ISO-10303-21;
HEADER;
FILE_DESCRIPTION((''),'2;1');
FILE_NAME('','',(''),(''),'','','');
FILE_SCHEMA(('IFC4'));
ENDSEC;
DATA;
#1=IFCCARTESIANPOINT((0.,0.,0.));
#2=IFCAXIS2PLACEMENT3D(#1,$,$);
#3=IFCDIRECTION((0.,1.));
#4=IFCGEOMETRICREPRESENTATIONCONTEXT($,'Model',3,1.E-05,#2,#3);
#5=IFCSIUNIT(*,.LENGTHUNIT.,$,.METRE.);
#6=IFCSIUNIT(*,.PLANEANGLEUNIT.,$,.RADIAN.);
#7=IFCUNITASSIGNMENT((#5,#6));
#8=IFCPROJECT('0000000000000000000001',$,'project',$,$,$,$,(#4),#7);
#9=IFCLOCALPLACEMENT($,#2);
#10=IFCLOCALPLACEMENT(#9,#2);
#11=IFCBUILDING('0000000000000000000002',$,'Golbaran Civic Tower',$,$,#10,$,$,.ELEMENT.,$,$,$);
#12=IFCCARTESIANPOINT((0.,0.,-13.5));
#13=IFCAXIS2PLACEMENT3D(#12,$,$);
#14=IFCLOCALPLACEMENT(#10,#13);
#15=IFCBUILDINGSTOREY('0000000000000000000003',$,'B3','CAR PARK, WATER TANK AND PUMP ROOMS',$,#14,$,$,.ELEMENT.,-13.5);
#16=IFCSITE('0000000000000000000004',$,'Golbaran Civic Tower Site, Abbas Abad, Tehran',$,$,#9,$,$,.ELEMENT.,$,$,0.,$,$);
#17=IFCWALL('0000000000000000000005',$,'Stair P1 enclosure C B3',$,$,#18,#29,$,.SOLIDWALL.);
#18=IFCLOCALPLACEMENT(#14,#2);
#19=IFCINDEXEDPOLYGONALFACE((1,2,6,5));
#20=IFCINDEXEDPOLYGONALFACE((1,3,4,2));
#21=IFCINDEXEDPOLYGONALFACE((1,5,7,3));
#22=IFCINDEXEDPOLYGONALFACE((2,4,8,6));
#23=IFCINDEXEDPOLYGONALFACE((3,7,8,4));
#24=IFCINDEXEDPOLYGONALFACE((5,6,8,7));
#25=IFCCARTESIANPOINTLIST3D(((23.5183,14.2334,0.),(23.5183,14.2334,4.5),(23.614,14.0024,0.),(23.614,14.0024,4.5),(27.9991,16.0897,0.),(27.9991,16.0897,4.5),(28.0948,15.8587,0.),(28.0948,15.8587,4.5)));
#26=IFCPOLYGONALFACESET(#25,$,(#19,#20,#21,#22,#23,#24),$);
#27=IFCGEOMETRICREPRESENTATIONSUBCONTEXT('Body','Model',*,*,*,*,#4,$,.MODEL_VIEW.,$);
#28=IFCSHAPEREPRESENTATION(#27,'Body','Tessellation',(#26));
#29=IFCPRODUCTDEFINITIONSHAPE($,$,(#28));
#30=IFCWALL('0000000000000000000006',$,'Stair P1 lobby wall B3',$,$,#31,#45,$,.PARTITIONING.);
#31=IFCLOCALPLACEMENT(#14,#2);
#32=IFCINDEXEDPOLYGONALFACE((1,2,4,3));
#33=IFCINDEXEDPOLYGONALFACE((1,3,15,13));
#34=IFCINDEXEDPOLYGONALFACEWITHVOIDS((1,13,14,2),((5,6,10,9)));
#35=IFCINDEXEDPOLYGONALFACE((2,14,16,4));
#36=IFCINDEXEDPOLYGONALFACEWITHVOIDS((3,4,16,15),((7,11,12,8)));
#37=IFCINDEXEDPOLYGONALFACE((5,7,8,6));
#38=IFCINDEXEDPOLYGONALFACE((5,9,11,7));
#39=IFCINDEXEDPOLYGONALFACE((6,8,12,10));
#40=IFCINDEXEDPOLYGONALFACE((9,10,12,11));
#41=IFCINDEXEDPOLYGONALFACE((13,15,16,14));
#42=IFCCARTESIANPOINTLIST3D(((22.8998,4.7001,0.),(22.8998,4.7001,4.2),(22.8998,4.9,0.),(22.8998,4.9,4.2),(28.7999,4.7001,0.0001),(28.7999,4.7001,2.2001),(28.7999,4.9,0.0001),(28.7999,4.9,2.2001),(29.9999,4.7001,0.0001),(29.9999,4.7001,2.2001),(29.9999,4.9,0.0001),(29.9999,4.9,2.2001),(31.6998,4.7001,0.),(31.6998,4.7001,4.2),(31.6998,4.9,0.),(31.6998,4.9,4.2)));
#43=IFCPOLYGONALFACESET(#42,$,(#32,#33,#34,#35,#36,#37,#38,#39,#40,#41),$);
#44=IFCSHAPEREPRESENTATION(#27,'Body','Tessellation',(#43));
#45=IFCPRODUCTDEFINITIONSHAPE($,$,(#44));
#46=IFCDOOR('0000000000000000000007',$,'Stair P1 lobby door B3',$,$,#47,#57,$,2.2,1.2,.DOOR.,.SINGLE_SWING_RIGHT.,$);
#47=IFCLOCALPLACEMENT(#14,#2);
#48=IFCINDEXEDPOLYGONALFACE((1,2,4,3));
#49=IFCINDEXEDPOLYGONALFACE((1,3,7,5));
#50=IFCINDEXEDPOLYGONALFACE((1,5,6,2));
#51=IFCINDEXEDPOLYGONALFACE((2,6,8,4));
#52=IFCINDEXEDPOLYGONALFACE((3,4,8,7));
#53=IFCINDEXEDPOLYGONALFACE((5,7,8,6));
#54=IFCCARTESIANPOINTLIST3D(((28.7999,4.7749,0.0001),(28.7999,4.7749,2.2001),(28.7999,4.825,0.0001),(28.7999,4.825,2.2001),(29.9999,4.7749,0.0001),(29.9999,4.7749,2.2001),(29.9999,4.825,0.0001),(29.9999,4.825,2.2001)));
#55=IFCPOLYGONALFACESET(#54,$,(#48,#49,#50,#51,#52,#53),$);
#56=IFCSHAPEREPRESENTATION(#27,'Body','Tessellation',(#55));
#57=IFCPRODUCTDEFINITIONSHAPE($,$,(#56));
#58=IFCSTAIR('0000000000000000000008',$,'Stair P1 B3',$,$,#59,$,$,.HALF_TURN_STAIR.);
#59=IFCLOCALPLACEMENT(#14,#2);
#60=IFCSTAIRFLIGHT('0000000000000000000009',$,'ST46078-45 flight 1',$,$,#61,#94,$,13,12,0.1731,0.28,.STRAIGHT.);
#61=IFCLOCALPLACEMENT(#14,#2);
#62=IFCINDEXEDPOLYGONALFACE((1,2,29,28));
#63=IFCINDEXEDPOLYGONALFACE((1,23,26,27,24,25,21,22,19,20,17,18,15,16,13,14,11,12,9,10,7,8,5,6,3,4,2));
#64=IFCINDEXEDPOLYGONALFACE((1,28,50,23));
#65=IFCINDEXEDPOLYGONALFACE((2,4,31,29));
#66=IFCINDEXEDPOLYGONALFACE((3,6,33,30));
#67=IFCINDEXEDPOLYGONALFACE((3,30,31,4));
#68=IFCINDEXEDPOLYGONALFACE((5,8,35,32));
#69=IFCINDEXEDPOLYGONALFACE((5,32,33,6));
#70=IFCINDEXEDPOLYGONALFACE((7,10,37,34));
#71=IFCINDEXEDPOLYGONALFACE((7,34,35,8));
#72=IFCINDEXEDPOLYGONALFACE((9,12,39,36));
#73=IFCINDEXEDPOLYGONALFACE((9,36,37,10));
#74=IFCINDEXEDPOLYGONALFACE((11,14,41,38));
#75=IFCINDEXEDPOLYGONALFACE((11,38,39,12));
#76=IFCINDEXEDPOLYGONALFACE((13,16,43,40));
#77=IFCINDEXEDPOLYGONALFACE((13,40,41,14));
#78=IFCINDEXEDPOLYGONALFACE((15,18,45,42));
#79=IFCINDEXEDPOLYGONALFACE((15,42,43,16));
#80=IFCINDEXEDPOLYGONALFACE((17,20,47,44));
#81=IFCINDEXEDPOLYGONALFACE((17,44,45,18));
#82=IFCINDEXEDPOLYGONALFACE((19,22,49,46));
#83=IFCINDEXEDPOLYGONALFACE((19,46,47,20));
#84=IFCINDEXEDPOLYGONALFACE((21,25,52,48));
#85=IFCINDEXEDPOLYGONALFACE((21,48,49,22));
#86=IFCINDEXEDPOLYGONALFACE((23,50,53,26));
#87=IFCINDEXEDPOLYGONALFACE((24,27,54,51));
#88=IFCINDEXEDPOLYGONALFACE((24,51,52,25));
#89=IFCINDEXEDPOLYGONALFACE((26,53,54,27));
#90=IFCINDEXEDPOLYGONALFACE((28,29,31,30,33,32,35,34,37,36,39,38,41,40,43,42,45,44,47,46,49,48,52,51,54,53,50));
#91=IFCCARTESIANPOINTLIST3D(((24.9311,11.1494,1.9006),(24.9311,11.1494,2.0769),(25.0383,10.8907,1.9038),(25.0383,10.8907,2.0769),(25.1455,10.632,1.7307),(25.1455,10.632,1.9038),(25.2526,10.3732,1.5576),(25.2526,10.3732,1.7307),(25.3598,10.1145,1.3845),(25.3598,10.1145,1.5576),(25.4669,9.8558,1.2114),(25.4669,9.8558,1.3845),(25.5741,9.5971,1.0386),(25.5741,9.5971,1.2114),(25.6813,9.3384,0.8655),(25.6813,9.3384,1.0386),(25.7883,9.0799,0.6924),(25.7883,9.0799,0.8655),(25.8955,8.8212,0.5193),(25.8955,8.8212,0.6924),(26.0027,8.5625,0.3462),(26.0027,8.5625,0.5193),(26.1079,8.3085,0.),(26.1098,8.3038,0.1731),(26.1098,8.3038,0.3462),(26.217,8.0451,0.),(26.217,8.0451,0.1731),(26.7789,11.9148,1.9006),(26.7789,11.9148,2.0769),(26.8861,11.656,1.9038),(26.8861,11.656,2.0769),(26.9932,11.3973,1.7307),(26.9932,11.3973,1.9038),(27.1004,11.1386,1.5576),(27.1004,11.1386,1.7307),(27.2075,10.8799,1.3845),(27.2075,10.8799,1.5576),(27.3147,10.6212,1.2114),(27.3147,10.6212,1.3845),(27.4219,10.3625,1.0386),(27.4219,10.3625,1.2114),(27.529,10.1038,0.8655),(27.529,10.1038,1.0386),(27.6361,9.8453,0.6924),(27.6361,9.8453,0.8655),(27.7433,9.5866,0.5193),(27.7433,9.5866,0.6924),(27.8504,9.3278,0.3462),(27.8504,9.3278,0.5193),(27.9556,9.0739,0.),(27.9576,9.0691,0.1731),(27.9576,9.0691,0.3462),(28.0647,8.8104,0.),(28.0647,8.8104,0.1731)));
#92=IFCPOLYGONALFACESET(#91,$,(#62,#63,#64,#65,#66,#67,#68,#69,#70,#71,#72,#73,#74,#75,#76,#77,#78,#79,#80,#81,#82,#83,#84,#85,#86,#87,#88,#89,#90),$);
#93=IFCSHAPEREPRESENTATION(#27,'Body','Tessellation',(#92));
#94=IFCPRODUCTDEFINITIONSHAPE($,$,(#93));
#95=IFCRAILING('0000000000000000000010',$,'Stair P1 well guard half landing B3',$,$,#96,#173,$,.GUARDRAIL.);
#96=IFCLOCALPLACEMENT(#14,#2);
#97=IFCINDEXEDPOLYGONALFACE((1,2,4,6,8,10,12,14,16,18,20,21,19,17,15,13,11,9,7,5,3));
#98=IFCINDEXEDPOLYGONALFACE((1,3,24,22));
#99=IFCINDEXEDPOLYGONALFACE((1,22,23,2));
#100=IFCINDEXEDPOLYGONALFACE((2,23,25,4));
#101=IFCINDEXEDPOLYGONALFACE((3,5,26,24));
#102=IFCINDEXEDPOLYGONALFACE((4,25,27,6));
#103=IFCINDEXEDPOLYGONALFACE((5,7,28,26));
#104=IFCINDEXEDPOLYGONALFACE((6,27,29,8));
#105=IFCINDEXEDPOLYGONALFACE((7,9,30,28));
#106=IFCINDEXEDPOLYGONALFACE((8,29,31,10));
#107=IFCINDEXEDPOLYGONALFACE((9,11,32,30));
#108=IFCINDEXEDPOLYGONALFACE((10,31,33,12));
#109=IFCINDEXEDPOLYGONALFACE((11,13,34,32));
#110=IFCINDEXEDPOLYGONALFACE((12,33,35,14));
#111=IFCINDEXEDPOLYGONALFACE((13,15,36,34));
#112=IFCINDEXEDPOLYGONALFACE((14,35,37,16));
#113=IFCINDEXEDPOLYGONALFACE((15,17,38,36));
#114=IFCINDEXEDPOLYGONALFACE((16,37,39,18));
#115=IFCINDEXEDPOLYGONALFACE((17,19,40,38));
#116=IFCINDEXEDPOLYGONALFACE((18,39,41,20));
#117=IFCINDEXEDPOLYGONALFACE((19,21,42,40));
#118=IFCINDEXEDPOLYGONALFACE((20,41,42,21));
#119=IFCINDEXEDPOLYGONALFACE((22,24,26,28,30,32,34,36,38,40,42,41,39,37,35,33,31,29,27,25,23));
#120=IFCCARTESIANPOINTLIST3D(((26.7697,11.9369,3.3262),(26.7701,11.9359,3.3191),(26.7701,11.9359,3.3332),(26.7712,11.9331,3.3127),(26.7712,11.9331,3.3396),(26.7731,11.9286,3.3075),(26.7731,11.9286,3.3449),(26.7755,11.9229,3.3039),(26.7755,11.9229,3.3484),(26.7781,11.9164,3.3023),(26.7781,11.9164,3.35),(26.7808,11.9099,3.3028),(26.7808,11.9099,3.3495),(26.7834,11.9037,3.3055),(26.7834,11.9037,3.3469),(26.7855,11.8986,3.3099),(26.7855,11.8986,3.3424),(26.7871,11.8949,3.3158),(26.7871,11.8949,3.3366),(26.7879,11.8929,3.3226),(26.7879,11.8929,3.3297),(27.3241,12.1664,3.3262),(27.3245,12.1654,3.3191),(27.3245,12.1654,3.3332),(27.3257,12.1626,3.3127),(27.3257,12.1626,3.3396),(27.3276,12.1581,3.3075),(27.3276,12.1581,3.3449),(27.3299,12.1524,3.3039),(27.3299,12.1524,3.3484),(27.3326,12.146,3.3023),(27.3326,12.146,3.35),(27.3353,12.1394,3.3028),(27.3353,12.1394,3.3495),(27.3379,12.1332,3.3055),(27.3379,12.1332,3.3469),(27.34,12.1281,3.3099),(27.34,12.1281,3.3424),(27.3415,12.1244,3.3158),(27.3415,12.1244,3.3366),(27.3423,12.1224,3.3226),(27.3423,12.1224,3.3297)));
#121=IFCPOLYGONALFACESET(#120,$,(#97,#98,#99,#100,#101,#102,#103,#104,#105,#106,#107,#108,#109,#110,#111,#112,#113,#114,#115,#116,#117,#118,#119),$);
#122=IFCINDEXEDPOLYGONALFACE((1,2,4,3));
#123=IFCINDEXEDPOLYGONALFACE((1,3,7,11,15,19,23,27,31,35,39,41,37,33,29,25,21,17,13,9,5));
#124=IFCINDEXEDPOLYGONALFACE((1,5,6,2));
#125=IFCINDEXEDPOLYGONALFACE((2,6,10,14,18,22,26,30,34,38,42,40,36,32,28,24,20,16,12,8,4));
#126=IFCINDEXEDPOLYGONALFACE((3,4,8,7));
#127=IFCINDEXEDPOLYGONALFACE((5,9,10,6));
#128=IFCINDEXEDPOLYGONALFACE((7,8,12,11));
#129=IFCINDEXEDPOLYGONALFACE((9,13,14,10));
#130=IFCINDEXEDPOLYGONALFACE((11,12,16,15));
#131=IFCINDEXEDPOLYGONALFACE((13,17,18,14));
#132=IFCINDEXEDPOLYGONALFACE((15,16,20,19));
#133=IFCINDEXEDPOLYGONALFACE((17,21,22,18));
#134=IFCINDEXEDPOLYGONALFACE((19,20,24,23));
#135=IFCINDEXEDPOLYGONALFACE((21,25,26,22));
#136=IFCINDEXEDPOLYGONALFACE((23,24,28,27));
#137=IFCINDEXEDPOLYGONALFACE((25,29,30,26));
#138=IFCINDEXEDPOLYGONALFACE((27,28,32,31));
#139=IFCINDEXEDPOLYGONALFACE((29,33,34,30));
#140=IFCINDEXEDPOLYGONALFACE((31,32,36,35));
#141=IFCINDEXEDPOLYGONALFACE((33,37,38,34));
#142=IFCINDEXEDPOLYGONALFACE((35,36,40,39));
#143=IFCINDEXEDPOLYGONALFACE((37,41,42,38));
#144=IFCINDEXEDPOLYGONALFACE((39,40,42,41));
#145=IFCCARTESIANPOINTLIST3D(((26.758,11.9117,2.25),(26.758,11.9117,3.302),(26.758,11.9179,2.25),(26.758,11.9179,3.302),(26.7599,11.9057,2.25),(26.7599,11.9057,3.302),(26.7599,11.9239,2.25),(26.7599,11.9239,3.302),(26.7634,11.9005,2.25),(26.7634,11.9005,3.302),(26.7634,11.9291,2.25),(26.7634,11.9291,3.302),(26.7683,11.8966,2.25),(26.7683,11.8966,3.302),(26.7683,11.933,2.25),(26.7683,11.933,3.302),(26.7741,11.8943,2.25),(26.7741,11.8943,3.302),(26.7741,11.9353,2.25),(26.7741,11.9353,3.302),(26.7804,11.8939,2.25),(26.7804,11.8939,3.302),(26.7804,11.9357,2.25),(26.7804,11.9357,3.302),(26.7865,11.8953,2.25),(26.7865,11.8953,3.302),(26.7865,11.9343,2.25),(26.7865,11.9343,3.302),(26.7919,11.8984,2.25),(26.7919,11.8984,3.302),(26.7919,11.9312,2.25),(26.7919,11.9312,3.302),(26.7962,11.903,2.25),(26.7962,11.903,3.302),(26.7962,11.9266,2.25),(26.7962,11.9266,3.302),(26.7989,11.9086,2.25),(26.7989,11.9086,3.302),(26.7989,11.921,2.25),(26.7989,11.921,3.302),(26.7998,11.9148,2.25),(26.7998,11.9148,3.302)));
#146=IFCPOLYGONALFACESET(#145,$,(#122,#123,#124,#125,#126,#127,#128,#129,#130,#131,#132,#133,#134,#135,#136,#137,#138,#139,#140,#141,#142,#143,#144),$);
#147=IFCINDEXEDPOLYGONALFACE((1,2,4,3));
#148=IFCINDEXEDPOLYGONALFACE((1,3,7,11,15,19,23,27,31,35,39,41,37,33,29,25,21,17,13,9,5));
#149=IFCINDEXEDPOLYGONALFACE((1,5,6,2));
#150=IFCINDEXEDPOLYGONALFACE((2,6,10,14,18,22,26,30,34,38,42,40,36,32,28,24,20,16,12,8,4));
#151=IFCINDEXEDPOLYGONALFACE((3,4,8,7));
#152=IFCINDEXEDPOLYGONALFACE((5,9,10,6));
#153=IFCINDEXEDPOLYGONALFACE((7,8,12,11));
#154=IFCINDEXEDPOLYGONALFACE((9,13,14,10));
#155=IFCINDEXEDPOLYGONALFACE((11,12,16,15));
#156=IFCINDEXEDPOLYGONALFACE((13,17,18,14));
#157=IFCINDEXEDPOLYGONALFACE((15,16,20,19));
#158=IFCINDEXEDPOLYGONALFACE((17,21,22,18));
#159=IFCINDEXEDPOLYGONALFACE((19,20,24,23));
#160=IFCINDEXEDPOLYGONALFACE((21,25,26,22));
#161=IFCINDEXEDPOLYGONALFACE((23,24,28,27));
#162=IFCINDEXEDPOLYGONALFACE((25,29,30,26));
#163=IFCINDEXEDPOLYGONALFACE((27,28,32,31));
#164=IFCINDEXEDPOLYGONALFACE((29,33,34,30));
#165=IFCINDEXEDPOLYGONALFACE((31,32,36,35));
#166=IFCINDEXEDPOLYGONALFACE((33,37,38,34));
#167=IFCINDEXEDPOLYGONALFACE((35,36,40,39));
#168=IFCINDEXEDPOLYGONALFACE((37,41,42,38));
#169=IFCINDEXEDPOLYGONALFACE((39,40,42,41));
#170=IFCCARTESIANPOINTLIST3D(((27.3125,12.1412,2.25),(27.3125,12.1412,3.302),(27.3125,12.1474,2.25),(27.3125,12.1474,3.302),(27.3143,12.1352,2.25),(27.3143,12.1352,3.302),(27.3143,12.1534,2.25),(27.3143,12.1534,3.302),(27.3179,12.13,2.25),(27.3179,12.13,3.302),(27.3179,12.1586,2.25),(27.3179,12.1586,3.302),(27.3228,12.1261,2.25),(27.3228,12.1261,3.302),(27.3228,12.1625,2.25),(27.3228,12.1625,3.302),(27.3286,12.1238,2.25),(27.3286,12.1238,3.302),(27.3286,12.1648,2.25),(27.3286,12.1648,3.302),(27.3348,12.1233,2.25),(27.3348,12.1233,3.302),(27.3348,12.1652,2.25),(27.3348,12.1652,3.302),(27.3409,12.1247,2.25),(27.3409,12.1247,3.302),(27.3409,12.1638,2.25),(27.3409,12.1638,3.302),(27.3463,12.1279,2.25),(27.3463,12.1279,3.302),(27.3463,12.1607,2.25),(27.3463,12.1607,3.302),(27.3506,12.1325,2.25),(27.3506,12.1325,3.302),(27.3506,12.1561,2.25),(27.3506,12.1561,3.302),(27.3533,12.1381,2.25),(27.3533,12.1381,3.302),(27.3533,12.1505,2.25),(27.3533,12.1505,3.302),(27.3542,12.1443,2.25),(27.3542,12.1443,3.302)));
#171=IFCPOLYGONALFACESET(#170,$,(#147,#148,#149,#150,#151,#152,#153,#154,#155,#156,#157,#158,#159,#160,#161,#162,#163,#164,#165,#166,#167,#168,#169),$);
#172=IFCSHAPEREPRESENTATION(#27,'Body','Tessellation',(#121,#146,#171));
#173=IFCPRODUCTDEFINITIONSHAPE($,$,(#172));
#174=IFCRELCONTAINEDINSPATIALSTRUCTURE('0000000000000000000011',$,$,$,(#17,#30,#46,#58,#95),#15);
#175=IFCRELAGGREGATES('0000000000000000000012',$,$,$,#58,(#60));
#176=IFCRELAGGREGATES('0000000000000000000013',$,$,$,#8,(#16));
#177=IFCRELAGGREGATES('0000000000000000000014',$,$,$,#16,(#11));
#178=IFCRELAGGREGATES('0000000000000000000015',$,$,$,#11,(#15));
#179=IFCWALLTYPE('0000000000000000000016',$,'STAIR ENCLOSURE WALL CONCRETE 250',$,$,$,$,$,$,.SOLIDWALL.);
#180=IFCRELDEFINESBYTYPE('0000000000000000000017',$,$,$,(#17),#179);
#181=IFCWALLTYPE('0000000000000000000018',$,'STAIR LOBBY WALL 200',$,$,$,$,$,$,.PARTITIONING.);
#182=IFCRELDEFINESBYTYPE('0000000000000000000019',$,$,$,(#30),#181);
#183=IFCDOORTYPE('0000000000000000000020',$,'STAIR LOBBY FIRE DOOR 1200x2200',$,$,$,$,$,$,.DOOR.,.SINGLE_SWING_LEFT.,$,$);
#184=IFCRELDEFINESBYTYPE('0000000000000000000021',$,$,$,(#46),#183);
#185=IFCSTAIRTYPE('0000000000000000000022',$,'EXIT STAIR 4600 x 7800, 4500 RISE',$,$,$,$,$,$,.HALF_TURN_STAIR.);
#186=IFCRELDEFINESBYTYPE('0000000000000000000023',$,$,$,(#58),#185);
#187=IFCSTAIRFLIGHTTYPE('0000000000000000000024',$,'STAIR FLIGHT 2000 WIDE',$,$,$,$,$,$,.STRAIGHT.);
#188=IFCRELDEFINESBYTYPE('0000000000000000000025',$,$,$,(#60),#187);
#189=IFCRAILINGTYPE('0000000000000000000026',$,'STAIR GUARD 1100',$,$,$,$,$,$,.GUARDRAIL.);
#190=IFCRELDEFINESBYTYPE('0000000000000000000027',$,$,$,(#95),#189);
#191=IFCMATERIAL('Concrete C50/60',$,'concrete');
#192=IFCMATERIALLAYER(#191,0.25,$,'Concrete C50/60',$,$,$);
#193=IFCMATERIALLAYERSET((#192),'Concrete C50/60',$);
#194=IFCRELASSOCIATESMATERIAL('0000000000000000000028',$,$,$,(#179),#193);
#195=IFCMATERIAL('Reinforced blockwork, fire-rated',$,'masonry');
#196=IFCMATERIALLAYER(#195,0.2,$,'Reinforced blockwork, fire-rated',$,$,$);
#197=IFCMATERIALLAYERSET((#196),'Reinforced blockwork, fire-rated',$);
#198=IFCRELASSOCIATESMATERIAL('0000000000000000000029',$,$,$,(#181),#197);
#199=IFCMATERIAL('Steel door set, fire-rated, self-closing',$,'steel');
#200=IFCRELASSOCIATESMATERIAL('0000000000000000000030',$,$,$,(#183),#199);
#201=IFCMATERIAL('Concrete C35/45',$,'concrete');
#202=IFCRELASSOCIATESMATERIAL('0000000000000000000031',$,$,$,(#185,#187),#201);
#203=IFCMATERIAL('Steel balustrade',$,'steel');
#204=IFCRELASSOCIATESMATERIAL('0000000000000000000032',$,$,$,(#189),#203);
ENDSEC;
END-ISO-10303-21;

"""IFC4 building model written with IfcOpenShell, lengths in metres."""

from ifc_helpers import new_model, si_unit, direction, frame, frame_2d, origin, origin_2d, place, context, subcontext, project, spatial, polyline, rectangle, circle, outline, extrude, material, layer, layer_set, type_object, element, fill, aggregate, save


model = new_model("IFC4")

# Units and contexts
model_context = context("Model", 3, precision=1e-05, world=origin(), true_north=direction((0.0, 1.0)))
body_context = subcontext(model_context, "Body", "Model", "MODEL_VIEW")
ifc_project = project(units=[si_unit("LENGTHUNIT", "METRE"), si_unit("PLANEANGLEUNIT", "RADIAN")], contexts=[model_context])

# Site, building, storey
site_placement = place(None, origin())
site = spatial("IfcSite", under=ifc_project, at=site_placement, Name="Golbaran Civic Tower Site, Abbas Abad, Tehran", CompositionType="ELEMENT", RefElevation=0.0)
building_placement = place(site_placement, origin())
building = spatial("IfcBuilding", under=site, at=building_placement, Name="Golbaran Civic Tower", CompositionType="ELEMENT")
storey_placement = place(building_placement, frame((0.0, 0.0, -13.5)))
storey = spatial("IfcBuildingStorey", under=building, at=storey_placement, Name="B3", Description="CAR PARK, WATER TANK AND PUMP ROOMS", CompositionType="ELEMENT", Elevation=-13.5)

# Shared definitions
ifc_material_1 = material(Name="Concrete C35/45", Category="concrete")

# Shared definitions
ifc_material_2 = material(Name="Concrete C50/60", Category="concrete")

# Wall
ifc_layer_1 = layer(ifc_material_2, 0.25, Name="Concrete C50/60")
ifc_layer_set_1 = layer_set([ifc_layer_1], Name="Concrete C50/60")
wall_type_1 = type_object("IfcWallType", Name="STAIR ENCLOSURE WALL CONCRETE 250", PredefinedType="SOLIDWALL", material=ifc_layer_set_1)
wall_1_placement = place(storey_placement, frame((23.5662, 14.1179, 0.0), z_axis=(0.0, 0.0, 1.0), x_axis=(0.923863, 0.382724, 0.0)))
element("IfcWall", 1, at=wall_1_placement, inside=storey, type_object=wall_type_1, Name="Stair P1 enclosure C B3", PredefinedType="SOLIDWALL", context=body_context, shape_type="SweptSolid", body=[
    extrude(rectangle(XDim=4.8501, YDim=0.25, at=frame_2d((2.425, 0.0))), origin(), (0.0, 0.0, 1.0), 4.5),
])

# Wall, opening, door
ifc_material_3 = material(Name="Reinforced blockwork, fire-rated", Category="masonry")
ifc_layer_2 = layer(ifc_material_3, 0.2, Name="Reinforced blockwork, fire-rated")
ifc_layer_set_2 = layer_set([ifc_layer_2], Name="Reinforced blockwork, fire-rated")
wall_type_2 = type_object("IfcWallType", Name="STAIR LOBBY WALL 200", PredefinedType="PARTITIONING", material=ifc_layer_set_2)
wall_2_placement = place(storey_placement, frame((22.8999, 4.8, 0.0), z_axis=(0.0, 0.0, 1.0), x_axis=(1.0, 0.0, 0.0)))
wall_2 = element("IfcWall", 2, at=wall_2_placement, inside=storey, type_object=wall_type_2, Name="Stair P1 lobby wall B3", PredefinedType="PARTITIONING", context=body_context, shape_type="SweptSolid", body=[
    extrude(rectangle(XDim=8.8, YDim=0.2, at=frame_2d((4.3999, 0.0))), origin(), (0.0, 0.0, 1.0), 4.2),
])
opening_placement = place(wall_2_placement, frame((5.8999, 0.0, 0.0)))
opening = element("IfcOpeningElement", 3, at=opening_placement, cuts=wall_2, PredefinedType="OPENING", context=body_context, shape_type="SweptSolid", body=[
    extrude(rectangle(XDim=1.2, YDim=2.2, at=frame_2d((0.6001, 1.1001))), frame((0.0, 0.1099, 0.0), z_axis=(0.0, -1.0, 0.0), x_axis=(1.0, 0.0, 0.0)), (0.0, 0.0, 1.0), 0.22),
])
ifc_material_4 = material(Name="Steel door set, fire-rated, self-closing", Category="steel")
door_type = type_object("IfcDoorType", Name="STAIR LOBBY FIRE DOOR 1200x2200", OperationType="SINGLE_SWING_LEFT", PredefinedType="DOOR", material=ifc_material_4)
door_placement = place(opening_placement, origin())
door = element("IfcDoor", 4, at=door_placement, inside=storey, type_object=door_type, Name="Stair P1 lobby door B3", OperationType="SINGLE_SWING_RIGHT", OverallHeight=2.2, OverallWidth=1.2, PredefinedType="DOOR", context=body_context, shape_type="SweptSolid", body=[
    extrude(rectangle(XDim=1.2, YDim=2.2, at=frame_2d((0.6001, 1.1001))), frame((0.0, 0.0249, 0.0), z_axis=(0.0, -1.0, 0.0), x_axis=(1.0, 0.0, 0.0)), (0.0, 0.0, 1.0), 0.05),
])
fill(opening, door)

# Stair, stair flight
stair_type = type_object("IfcStairType", Name="EXIT STAIR 4600 x 7800, 4500 RISE", PredefinedType="HALF_TURN_STAIR", material=ifc_material_1)
stair_placement = place(storey_placement, origin())
stair = element("IfcStair", 5, at=stair_placement, inside=storey, type_object=stair_type, Name="Stair P1 B3", PredefinedType="HALF_TURN_STAIR")
stair_flight_type = type_object("IfcStairFlightType", Name="STAIR FLIGHT 2000 WIDE", PredefinedType="STRAIGHT", material=ifc_material_1)
stair_flight_placement = place(storey_placement, frame((27.1409, 8.4277, 0.0), z_axis=(0.0, 0.0, 1.0), x_axis=(-0.382683, 0.92388, 0.0)))
stair_flight = element("IfcStairFlight", 6, at=stair_flight_placement, type_object=stair_flight_type, Name="ST46078-45 flight 1", NumberOfRisers=13, NumberOfTreads=12, PredefinedType="STRAIGHT", RiserHeight=0.1731, TreadLength=0.28, context=body_context, shape_type="SweptSolid", body=[
    extrude(outline(polyline([(0.0, 0.0), (0.0, 0.1731), (0.28, 0.1731), (0.28, 0.3462), (0.5601, 0.3462), (0.5601, 0.5193), (0.8401, 0.5193), (0.8401, 0.6924), (1.1201, 0.6924), (1.1201, 0.8655), (1.3999, 0.8655), (1.3999, 1.0386), (1.6799, 1.0386), (1.6799, 1.2114), (1.96, 1.2114), (1.96, 1.3845), (2.24, 1.3845), (2.24, 1.5576), (2.52, 1.5576), (2.52, 1.7307), (2.8, 1.7307), (2.8, 1.9038), (3.0801, 1.9038), (3.0801, 2.0769), (3.3601, 2.0769), (3.3601, 2.25), (3.3601, 1.9006), (0.2852, 0.0), (0.0, 0.0)])), frame((0.0, 1.0, 0.0), z_axis=(0.0, -1.0, 0.0), x_axis=(1.0, 0.0, 0.0)), (0.0, 0.0, 1.0), 2.0),
])
aggregate(stair, [stair_flight])

# Railing
ifc_material_5 = material(Name="Steel balustrade", Category="steel")
railing_type_1 = type_object("IfcRailingType", Name="STAIR GUARD 1100", PredefinedType="GUARDRAIL", material=ifc_material_5)
railing_1_placement = place(storey_placement, frame((26.7788, 11.9148, 2.25)))
element("IfcRailing", 7, at=railing_1_placement, inside=storey, type_object=railing_type_1, Name="Stair P1 well guard half landing B3", PredefinedType="GUARDRAIL", context=body_context, shape_type="SweptSolid", body=[
    extrude(circle(Radius=0.0239, at=origin_2d()), frame((0.0, 0.0, 1.0762), z_axis=(0.923977, 0.382448, 0.0), x_axis=(-0.382448, 0.923977, 0.0)), (0.0, 0.0, 1.0), 0.6001),
    extrude(circle(Radius=0.021, at=origin_2d()), origin(), (0.0, 0.0, 1.0), 1.052),
    extrude(circle(Radius=0.021, at=origin_2d()), frame((0.5544, 0.2295, 0.0)), (0.0, 0.0, 1.0), 1.052),
])

save(model, "model.ifc")
